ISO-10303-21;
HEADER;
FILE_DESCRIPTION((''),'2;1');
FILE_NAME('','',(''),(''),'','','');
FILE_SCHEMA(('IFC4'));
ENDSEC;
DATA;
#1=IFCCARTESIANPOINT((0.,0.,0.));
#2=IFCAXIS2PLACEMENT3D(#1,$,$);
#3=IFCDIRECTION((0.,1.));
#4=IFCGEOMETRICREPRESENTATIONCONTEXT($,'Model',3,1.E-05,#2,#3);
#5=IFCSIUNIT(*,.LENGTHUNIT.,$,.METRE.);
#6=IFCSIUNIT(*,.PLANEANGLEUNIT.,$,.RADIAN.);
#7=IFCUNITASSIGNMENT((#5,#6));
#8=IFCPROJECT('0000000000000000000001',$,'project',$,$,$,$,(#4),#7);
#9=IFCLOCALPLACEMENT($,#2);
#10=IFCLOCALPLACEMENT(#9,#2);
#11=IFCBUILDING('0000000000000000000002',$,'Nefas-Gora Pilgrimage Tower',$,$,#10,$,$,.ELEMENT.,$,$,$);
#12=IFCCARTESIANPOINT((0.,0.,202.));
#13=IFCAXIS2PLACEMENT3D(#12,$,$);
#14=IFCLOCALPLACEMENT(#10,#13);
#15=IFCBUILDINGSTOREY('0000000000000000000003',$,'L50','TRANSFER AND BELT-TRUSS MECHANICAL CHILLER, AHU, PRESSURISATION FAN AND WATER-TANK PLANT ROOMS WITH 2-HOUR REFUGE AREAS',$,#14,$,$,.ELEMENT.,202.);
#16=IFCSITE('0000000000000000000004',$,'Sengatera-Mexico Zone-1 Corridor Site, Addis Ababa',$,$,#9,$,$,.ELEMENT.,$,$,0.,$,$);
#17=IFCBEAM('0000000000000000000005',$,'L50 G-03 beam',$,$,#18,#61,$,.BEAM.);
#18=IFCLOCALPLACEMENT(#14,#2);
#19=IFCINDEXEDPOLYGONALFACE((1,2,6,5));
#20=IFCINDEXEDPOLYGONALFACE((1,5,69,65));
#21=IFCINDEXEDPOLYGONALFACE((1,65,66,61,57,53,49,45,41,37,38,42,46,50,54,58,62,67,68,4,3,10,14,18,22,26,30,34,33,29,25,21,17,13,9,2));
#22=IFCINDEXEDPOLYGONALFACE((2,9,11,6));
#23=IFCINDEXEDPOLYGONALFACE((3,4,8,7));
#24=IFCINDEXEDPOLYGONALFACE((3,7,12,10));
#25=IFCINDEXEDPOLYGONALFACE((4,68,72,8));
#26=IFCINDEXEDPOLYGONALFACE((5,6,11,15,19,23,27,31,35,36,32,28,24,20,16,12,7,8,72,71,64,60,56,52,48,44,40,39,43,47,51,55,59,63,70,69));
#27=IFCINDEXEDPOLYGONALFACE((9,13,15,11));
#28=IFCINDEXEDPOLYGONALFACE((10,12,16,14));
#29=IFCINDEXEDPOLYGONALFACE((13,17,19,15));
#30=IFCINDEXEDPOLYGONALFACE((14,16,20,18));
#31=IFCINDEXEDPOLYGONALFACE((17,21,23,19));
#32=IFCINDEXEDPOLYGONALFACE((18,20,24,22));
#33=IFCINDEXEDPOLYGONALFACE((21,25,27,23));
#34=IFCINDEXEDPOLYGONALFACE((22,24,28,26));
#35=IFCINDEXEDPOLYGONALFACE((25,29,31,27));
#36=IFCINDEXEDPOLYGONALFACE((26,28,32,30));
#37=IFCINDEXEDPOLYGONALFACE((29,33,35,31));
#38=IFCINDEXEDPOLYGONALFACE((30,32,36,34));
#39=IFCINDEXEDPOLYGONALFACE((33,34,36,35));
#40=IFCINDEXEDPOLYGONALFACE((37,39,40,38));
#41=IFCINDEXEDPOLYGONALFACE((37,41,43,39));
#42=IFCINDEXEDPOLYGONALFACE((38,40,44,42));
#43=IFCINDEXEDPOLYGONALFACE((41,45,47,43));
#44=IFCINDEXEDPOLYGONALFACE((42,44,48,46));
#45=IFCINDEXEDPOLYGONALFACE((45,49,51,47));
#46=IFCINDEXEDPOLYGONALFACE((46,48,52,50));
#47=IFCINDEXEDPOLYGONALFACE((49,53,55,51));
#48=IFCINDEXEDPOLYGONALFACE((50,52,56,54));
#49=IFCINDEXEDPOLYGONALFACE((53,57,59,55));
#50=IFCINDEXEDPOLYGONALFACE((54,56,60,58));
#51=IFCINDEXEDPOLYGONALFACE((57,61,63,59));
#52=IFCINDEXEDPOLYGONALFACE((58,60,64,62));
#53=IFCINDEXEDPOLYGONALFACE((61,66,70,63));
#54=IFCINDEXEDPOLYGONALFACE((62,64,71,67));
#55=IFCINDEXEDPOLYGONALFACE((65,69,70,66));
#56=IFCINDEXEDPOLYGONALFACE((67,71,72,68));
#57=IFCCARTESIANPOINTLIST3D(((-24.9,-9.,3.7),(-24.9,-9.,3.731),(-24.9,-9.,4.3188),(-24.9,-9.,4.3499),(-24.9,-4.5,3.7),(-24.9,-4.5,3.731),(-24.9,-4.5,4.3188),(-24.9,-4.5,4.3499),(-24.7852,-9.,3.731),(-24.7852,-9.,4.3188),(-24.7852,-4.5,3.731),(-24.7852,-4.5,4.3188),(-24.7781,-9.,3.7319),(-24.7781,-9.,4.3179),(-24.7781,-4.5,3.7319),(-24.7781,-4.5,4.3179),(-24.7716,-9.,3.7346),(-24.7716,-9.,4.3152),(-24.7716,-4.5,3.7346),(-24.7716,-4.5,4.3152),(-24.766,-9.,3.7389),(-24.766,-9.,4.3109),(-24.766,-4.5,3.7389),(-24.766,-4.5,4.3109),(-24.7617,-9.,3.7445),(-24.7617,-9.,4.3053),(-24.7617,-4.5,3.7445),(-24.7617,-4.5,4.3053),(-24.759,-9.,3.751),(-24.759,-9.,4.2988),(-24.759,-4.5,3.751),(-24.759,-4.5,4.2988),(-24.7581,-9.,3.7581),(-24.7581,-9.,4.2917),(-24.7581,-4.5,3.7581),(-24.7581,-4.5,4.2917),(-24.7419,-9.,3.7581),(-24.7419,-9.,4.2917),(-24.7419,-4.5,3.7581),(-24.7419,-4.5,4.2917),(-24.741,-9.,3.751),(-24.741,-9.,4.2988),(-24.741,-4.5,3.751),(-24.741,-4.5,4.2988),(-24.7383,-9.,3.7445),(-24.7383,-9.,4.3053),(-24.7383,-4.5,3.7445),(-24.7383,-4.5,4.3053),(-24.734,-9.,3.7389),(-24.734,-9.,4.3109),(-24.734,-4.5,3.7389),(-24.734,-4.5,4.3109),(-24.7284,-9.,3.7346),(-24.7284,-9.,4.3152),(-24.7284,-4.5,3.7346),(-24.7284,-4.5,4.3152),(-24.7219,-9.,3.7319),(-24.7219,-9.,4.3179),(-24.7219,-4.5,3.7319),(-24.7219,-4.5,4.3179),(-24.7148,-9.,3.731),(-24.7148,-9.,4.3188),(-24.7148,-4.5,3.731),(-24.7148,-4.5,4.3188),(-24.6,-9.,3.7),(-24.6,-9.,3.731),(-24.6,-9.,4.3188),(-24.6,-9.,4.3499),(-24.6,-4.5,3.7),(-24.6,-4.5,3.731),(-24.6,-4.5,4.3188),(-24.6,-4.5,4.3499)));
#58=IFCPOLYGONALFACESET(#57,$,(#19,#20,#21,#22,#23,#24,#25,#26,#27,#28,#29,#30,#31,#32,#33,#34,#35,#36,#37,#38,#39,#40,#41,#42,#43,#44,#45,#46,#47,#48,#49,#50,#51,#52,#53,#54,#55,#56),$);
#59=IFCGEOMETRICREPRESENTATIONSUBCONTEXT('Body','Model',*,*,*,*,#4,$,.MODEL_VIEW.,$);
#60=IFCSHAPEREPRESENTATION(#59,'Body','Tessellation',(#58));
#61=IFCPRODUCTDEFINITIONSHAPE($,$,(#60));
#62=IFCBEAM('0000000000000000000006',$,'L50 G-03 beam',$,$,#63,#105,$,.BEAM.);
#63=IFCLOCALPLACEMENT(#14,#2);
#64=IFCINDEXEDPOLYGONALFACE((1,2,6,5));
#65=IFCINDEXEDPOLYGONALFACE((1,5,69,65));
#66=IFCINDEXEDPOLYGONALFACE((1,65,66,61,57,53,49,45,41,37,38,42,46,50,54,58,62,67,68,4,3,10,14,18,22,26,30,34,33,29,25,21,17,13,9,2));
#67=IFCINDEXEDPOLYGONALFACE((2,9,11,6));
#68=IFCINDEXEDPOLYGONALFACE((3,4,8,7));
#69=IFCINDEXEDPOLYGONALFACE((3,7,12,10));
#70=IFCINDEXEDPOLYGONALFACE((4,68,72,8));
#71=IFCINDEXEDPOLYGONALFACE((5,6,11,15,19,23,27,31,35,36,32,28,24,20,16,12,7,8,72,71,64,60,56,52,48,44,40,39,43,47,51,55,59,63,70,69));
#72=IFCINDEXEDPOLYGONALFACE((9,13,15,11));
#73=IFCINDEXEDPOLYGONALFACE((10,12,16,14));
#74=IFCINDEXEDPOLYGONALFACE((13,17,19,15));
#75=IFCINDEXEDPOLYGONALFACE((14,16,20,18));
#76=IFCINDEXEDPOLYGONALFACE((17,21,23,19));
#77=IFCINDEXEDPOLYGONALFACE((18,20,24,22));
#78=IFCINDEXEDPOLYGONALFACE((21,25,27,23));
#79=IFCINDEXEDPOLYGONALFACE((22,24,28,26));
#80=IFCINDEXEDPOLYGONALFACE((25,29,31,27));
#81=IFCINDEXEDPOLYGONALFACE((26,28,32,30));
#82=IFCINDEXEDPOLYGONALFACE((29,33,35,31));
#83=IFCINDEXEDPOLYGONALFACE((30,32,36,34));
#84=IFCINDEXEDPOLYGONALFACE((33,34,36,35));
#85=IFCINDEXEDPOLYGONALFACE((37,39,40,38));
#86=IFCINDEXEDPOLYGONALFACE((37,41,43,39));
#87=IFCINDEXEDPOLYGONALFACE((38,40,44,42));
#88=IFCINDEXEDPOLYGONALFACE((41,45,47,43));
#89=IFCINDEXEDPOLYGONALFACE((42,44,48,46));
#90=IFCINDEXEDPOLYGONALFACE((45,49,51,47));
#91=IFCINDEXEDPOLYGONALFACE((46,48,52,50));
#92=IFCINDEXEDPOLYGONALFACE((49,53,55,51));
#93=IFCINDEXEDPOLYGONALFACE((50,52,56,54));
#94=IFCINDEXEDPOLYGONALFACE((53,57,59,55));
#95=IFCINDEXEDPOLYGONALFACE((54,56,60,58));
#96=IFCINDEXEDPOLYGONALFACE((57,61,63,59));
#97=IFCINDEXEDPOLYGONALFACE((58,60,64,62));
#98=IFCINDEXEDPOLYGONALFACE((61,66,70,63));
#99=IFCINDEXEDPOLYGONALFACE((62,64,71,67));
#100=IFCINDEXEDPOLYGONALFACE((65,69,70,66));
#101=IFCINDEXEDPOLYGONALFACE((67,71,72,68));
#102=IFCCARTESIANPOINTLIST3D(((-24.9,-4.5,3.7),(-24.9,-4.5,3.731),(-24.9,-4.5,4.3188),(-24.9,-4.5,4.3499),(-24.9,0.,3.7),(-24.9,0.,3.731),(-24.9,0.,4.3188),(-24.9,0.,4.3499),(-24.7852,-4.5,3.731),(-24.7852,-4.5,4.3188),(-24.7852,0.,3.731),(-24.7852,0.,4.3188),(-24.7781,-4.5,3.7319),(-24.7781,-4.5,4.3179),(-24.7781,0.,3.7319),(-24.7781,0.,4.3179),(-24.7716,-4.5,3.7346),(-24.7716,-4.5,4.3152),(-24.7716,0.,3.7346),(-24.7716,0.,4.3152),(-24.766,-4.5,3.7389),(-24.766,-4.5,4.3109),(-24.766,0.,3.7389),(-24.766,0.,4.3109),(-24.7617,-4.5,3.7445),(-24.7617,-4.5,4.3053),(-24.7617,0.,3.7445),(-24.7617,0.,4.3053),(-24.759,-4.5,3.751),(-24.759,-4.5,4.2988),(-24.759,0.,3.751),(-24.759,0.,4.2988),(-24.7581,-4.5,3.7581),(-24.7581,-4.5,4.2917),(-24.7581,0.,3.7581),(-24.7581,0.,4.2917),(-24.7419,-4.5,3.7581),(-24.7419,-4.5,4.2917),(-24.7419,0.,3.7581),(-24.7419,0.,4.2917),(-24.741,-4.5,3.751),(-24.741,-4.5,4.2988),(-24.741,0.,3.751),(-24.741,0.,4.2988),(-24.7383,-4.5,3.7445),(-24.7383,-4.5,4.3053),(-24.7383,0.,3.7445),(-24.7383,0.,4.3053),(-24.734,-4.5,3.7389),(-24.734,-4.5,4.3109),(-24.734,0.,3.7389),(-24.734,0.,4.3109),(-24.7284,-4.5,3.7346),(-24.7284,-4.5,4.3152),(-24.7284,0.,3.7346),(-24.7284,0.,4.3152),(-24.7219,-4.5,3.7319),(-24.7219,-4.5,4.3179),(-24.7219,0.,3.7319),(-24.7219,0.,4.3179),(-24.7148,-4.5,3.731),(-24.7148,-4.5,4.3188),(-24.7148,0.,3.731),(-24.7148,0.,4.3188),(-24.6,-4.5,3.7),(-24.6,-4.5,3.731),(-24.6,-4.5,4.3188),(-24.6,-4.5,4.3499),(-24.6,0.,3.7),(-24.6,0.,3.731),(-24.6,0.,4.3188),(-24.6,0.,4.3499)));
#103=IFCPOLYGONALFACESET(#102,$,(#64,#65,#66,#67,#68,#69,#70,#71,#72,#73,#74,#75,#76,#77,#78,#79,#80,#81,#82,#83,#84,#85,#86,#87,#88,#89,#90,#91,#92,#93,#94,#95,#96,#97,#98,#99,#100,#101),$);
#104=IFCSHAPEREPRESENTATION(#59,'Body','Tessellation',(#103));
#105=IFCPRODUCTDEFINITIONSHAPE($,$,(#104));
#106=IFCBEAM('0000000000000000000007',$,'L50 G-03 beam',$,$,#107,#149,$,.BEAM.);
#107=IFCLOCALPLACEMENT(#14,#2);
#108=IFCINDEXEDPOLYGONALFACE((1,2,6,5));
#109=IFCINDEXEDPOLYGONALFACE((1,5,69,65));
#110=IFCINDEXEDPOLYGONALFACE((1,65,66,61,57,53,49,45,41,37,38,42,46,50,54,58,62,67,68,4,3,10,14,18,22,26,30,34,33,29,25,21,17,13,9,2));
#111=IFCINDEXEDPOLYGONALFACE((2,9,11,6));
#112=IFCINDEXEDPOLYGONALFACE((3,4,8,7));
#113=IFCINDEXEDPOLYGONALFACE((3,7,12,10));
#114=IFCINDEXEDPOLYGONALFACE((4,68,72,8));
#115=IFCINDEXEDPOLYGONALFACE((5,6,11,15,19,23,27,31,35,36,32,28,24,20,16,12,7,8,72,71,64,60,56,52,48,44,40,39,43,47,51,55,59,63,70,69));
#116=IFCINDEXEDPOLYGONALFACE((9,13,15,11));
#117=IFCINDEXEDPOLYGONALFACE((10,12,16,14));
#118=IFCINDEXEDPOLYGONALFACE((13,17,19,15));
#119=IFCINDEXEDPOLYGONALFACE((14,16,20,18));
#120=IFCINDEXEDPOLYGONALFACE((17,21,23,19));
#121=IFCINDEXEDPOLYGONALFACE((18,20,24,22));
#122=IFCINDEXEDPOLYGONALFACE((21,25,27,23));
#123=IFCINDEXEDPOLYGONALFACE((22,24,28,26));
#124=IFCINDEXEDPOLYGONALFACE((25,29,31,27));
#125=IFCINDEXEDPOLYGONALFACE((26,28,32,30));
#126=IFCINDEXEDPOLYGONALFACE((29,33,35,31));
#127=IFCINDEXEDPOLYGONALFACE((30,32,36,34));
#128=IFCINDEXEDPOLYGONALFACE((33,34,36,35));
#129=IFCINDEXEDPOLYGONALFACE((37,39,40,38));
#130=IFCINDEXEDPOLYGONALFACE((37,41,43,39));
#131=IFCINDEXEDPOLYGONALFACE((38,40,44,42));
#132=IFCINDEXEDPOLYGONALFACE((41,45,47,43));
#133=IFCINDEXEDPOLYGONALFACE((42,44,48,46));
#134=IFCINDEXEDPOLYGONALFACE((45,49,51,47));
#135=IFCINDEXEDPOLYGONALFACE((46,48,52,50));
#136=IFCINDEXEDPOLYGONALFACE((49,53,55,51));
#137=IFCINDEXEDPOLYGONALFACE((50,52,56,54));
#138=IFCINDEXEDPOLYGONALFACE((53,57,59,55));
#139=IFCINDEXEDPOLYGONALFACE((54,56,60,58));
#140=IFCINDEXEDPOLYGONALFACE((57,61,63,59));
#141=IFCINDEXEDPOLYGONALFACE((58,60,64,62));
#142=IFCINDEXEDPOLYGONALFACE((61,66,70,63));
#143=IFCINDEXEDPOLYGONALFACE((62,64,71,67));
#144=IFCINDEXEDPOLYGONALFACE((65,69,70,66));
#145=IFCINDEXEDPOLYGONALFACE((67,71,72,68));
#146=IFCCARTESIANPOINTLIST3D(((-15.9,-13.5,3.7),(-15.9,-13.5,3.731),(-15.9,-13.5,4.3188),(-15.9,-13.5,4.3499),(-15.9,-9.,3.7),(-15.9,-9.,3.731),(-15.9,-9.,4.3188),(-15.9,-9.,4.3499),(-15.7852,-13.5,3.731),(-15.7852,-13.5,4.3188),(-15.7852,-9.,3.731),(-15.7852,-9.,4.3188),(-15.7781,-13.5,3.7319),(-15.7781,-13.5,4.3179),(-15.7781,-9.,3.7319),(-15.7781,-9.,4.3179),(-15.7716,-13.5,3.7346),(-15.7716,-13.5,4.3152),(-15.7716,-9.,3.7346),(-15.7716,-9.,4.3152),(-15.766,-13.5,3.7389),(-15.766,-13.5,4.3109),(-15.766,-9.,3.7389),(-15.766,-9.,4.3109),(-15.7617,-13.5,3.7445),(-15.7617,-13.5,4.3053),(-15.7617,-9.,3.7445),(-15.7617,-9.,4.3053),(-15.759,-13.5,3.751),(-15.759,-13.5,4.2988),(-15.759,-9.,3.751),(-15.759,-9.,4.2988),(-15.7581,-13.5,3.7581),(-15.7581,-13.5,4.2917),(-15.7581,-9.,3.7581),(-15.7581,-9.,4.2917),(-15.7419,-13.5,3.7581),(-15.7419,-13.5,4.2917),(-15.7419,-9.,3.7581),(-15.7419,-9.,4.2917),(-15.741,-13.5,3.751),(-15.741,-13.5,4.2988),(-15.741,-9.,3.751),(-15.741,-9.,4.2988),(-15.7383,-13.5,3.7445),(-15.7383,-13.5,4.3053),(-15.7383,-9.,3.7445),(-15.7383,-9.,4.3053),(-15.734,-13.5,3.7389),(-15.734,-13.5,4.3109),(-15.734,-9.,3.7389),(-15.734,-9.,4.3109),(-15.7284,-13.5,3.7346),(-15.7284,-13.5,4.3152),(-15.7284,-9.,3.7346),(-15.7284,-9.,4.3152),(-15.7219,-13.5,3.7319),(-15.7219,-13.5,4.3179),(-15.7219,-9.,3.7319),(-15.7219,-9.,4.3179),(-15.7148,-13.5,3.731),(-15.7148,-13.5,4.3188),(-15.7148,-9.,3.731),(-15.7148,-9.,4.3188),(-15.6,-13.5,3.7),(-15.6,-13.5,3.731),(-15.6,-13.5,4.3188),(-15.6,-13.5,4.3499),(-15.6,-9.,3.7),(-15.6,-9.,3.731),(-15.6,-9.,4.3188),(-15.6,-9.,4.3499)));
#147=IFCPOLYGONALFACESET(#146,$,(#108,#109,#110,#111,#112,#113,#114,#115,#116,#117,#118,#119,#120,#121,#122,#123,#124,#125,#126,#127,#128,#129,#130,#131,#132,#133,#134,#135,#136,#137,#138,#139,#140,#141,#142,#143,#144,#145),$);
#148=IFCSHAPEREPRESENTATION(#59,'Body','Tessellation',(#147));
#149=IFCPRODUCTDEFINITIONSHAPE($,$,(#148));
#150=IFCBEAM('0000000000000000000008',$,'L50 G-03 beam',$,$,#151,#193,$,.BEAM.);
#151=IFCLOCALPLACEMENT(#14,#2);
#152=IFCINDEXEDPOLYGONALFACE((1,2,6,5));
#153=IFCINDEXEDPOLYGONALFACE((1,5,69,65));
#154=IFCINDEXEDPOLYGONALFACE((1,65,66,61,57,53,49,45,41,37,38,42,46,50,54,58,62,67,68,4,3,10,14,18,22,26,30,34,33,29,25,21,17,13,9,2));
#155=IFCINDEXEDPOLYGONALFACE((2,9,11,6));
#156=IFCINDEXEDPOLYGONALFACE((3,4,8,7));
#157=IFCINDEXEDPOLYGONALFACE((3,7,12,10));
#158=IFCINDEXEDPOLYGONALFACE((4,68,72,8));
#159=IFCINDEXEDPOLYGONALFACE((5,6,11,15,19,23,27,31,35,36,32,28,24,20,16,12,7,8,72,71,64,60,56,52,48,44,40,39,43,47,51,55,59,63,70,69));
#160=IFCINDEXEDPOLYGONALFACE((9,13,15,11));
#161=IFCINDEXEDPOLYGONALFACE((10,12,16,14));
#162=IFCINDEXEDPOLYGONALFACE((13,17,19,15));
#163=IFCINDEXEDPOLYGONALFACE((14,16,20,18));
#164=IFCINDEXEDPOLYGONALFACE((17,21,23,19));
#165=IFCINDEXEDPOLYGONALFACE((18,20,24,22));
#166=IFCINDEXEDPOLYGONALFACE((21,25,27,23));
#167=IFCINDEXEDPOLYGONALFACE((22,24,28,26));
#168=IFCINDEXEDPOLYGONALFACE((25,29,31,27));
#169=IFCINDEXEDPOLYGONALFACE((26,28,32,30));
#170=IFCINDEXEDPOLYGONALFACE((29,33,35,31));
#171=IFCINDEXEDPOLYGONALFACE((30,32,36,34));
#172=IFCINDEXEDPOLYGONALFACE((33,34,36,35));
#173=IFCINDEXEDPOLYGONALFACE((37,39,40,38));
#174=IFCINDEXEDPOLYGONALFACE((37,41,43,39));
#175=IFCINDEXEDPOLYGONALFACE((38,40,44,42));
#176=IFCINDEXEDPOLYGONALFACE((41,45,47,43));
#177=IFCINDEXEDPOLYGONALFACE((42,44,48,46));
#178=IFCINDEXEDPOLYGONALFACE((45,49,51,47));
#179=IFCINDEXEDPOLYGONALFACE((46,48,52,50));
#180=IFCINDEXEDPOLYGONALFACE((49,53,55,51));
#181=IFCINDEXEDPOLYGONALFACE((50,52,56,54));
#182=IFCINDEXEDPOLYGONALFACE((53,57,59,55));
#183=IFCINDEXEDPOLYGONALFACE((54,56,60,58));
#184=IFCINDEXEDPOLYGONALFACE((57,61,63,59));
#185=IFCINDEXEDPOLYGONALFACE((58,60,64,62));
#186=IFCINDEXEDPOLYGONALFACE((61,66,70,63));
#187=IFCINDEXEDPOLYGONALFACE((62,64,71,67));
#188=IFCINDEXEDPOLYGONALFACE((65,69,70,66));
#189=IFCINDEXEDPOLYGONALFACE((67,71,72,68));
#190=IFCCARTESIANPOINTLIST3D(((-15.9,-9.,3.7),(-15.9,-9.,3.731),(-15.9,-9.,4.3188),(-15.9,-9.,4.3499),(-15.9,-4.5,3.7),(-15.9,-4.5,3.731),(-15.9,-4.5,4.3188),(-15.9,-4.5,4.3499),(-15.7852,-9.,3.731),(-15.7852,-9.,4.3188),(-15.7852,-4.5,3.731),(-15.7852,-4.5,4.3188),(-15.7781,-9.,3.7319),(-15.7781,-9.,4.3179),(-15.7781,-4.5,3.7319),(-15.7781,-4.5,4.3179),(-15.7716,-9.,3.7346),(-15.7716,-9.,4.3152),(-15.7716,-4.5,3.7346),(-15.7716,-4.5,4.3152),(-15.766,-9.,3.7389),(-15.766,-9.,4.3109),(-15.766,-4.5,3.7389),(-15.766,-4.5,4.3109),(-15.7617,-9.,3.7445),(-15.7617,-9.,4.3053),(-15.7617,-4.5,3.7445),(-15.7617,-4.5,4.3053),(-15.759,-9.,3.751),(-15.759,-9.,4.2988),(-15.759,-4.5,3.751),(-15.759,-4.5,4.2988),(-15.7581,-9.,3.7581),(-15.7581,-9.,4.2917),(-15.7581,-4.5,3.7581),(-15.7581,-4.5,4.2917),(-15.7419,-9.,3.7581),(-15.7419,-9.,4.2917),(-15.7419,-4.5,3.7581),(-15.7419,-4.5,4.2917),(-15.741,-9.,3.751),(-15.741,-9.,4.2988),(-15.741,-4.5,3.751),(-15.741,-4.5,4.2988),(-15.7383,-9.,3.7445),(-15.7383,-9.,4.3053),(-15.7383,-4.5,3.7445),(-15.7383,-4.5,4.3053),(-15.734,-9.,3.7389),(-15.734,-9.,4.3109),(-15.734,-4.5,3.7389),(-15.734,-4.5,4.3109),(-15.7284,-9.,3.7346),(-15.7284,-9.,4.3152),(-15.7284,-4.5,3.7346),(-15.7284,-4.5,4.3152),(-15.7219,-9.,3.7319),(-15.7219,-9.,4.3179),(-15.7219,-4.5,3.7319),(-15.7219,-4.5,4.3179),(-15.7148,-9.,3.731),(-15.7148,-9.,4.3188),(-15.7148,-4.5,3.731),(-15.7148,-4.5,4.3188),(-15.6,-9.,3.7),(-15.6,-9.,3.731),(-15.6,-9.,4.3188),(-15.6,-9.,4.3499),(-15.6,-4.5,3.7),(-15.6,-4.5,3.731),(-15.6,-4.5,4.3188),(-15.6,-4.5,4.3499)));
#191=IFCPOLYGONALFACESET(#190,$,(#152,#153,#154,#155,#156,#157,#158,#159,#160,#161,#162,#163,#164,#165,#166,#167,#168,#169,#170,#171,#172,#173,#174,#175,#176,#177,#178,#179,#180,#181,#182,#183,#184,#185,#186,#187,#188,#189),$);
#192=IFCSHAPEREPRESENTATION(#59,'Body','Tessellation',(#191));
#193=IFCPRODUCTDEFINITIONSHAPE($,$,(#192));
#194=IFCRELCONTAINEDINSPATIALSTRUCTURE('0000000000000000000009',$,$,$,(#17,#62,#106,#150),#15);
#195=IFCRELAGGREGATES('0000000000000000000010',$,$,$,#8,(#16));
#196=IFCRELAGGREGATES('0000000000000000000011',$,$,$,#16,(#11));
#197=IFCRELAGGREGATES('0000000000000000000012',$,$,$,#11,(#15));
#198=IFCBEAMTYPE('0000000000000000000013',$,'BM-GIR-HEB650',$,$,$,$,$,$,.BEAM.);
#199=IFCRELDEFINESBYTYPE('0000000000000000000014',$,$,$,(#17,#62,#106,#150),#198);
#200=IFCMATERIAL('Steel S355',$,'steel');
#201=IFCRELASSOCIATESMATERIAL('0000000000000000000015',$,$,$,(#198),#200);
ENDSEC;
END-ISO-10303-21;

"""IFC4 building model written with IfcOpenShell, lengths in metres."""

from ifc_helpers import new_model, si_unit, direction, frame, origin, origin_2d, place, context, subcontext, project, spatial, i_section, extrude, source, transform, mapped, material, material_profile, profile_set, type_object, element, save


model = new_model("IFC4")

# Units and contexts
model_context = context("Model", 3, precision=1e-05, world=origin(), true_north=direction((0.0, 1.0)))
body_context = subcontext(model_context, "Body", "Model", "MODEL_VIEW")
ifc_project = project(units=[si_unit("LENGTHUNIT", "METRE"), si_unit("PLANEANGLEUNIT", "RADIAN")], contexts=[model_context])

# Site, building, storey
site_placement = place(None, origin())
site = spatial("IfcSite", under=ifc_project, at=site_placement, Name="Sengatera-Mexico Zone-1 Corridor Site, Addis Ababa", CompositionType="ELEMENT", RefElevation=0.0)
building_placement = place(site_placement, origin())
building = spatial("IfcBuilding", under=site, at=building_placement, Name="Nefas-Gora Pilgrimage Tower", CompositionType="ELEMENT")
storey_placement = place(building_placement, frame((0.0, 0.0, 202.0)))
storey = spatial("IfcBuildingStorey", under=building, at=storey_placement, Name="L50", Description="TRANSFER AND BELT-TRUSS MECHANICAL CHILLER, AHU, PRESSURISATION FAN AND WATER-TANK PLANT ROOMS WITH 2-HOUR REFUGE AREAS", CompositionType="ELEMENT", Elevation=202.0)

# Beams
ifc_material_1 = material(Name="Steel S355", Category="steel")
ifc_material_profile_1 = material_profile(ifc_material_1, i_section(OverallWidth=0.3, OverallDepth=0.6499, WebThickness=0.0161, FlangeThickness=0.031, FilletRadius=0.0271, at=origin_2d()), Name="HEB 650")
ifc_profile_set_1 = profile_set([ifc_material_profile_1], Name="Steel S355")
beam_type = type_object("IfcBeamType", Name="BM-GIR-HEB650", PredefinedType="BEAM", material=ifc_profile_set_1)
shared_shape_1 = source(origin(), body_context, "Body", "SweptSolid", [
    extrude(i_section(OverallWidth=0.3, OverallDepth=0.6499, WebThickness=0.0161, FlangeThickness=0.031, FilletRadius=0.0271, at=origin_2d()), origin(), (0.0, 0.0, 1.0), 4.5),
])
for number, where, z_axis, x_axis, name in (
    (1, (-24.75, -9.0, 4.0249), (0.0, 1.0, 0.0), (-1.0, 0.0, 0.0), "L50 G-03 beam"),
    (2, (-24.75, -4.5, 4.0249), (0.0, 1.0, 0.0), (-1.0, 0.0, 0.0), "L50 G-03 beam"),
    (3, (-15.75, -13.5, 4.0249), (0.0, 1.0, 0.0), (-1.0, 0.0, 0.0), "L50 G-03 beam"),
    (4, (-15.75, -9.0, 4.0249), (0.0, 1.0, 0.0), (-1.0, 0.0, 0.0), "L50 G-03 beam"),
):
    element("IfcBeam", number, at=place(storey_placement, frame(where, z_axis=z_axis, x_axis=x_axis)), inside=storey, type_object=beam_type, Name=name, PredefinedType="BEAM", context=body_context, shape_type="MappedRepresentation", body=[
        mapped(shared_shape_1, transform((0.0, 0.0, 0.0), x_axis=(1.0, 0.0, 0.0), y_axis=(0.0, 1.0, 0.0), z_axis=(0.0, 0.0, 1.0), scale=1.0)),
    ])

save(model, "model.ifc")
